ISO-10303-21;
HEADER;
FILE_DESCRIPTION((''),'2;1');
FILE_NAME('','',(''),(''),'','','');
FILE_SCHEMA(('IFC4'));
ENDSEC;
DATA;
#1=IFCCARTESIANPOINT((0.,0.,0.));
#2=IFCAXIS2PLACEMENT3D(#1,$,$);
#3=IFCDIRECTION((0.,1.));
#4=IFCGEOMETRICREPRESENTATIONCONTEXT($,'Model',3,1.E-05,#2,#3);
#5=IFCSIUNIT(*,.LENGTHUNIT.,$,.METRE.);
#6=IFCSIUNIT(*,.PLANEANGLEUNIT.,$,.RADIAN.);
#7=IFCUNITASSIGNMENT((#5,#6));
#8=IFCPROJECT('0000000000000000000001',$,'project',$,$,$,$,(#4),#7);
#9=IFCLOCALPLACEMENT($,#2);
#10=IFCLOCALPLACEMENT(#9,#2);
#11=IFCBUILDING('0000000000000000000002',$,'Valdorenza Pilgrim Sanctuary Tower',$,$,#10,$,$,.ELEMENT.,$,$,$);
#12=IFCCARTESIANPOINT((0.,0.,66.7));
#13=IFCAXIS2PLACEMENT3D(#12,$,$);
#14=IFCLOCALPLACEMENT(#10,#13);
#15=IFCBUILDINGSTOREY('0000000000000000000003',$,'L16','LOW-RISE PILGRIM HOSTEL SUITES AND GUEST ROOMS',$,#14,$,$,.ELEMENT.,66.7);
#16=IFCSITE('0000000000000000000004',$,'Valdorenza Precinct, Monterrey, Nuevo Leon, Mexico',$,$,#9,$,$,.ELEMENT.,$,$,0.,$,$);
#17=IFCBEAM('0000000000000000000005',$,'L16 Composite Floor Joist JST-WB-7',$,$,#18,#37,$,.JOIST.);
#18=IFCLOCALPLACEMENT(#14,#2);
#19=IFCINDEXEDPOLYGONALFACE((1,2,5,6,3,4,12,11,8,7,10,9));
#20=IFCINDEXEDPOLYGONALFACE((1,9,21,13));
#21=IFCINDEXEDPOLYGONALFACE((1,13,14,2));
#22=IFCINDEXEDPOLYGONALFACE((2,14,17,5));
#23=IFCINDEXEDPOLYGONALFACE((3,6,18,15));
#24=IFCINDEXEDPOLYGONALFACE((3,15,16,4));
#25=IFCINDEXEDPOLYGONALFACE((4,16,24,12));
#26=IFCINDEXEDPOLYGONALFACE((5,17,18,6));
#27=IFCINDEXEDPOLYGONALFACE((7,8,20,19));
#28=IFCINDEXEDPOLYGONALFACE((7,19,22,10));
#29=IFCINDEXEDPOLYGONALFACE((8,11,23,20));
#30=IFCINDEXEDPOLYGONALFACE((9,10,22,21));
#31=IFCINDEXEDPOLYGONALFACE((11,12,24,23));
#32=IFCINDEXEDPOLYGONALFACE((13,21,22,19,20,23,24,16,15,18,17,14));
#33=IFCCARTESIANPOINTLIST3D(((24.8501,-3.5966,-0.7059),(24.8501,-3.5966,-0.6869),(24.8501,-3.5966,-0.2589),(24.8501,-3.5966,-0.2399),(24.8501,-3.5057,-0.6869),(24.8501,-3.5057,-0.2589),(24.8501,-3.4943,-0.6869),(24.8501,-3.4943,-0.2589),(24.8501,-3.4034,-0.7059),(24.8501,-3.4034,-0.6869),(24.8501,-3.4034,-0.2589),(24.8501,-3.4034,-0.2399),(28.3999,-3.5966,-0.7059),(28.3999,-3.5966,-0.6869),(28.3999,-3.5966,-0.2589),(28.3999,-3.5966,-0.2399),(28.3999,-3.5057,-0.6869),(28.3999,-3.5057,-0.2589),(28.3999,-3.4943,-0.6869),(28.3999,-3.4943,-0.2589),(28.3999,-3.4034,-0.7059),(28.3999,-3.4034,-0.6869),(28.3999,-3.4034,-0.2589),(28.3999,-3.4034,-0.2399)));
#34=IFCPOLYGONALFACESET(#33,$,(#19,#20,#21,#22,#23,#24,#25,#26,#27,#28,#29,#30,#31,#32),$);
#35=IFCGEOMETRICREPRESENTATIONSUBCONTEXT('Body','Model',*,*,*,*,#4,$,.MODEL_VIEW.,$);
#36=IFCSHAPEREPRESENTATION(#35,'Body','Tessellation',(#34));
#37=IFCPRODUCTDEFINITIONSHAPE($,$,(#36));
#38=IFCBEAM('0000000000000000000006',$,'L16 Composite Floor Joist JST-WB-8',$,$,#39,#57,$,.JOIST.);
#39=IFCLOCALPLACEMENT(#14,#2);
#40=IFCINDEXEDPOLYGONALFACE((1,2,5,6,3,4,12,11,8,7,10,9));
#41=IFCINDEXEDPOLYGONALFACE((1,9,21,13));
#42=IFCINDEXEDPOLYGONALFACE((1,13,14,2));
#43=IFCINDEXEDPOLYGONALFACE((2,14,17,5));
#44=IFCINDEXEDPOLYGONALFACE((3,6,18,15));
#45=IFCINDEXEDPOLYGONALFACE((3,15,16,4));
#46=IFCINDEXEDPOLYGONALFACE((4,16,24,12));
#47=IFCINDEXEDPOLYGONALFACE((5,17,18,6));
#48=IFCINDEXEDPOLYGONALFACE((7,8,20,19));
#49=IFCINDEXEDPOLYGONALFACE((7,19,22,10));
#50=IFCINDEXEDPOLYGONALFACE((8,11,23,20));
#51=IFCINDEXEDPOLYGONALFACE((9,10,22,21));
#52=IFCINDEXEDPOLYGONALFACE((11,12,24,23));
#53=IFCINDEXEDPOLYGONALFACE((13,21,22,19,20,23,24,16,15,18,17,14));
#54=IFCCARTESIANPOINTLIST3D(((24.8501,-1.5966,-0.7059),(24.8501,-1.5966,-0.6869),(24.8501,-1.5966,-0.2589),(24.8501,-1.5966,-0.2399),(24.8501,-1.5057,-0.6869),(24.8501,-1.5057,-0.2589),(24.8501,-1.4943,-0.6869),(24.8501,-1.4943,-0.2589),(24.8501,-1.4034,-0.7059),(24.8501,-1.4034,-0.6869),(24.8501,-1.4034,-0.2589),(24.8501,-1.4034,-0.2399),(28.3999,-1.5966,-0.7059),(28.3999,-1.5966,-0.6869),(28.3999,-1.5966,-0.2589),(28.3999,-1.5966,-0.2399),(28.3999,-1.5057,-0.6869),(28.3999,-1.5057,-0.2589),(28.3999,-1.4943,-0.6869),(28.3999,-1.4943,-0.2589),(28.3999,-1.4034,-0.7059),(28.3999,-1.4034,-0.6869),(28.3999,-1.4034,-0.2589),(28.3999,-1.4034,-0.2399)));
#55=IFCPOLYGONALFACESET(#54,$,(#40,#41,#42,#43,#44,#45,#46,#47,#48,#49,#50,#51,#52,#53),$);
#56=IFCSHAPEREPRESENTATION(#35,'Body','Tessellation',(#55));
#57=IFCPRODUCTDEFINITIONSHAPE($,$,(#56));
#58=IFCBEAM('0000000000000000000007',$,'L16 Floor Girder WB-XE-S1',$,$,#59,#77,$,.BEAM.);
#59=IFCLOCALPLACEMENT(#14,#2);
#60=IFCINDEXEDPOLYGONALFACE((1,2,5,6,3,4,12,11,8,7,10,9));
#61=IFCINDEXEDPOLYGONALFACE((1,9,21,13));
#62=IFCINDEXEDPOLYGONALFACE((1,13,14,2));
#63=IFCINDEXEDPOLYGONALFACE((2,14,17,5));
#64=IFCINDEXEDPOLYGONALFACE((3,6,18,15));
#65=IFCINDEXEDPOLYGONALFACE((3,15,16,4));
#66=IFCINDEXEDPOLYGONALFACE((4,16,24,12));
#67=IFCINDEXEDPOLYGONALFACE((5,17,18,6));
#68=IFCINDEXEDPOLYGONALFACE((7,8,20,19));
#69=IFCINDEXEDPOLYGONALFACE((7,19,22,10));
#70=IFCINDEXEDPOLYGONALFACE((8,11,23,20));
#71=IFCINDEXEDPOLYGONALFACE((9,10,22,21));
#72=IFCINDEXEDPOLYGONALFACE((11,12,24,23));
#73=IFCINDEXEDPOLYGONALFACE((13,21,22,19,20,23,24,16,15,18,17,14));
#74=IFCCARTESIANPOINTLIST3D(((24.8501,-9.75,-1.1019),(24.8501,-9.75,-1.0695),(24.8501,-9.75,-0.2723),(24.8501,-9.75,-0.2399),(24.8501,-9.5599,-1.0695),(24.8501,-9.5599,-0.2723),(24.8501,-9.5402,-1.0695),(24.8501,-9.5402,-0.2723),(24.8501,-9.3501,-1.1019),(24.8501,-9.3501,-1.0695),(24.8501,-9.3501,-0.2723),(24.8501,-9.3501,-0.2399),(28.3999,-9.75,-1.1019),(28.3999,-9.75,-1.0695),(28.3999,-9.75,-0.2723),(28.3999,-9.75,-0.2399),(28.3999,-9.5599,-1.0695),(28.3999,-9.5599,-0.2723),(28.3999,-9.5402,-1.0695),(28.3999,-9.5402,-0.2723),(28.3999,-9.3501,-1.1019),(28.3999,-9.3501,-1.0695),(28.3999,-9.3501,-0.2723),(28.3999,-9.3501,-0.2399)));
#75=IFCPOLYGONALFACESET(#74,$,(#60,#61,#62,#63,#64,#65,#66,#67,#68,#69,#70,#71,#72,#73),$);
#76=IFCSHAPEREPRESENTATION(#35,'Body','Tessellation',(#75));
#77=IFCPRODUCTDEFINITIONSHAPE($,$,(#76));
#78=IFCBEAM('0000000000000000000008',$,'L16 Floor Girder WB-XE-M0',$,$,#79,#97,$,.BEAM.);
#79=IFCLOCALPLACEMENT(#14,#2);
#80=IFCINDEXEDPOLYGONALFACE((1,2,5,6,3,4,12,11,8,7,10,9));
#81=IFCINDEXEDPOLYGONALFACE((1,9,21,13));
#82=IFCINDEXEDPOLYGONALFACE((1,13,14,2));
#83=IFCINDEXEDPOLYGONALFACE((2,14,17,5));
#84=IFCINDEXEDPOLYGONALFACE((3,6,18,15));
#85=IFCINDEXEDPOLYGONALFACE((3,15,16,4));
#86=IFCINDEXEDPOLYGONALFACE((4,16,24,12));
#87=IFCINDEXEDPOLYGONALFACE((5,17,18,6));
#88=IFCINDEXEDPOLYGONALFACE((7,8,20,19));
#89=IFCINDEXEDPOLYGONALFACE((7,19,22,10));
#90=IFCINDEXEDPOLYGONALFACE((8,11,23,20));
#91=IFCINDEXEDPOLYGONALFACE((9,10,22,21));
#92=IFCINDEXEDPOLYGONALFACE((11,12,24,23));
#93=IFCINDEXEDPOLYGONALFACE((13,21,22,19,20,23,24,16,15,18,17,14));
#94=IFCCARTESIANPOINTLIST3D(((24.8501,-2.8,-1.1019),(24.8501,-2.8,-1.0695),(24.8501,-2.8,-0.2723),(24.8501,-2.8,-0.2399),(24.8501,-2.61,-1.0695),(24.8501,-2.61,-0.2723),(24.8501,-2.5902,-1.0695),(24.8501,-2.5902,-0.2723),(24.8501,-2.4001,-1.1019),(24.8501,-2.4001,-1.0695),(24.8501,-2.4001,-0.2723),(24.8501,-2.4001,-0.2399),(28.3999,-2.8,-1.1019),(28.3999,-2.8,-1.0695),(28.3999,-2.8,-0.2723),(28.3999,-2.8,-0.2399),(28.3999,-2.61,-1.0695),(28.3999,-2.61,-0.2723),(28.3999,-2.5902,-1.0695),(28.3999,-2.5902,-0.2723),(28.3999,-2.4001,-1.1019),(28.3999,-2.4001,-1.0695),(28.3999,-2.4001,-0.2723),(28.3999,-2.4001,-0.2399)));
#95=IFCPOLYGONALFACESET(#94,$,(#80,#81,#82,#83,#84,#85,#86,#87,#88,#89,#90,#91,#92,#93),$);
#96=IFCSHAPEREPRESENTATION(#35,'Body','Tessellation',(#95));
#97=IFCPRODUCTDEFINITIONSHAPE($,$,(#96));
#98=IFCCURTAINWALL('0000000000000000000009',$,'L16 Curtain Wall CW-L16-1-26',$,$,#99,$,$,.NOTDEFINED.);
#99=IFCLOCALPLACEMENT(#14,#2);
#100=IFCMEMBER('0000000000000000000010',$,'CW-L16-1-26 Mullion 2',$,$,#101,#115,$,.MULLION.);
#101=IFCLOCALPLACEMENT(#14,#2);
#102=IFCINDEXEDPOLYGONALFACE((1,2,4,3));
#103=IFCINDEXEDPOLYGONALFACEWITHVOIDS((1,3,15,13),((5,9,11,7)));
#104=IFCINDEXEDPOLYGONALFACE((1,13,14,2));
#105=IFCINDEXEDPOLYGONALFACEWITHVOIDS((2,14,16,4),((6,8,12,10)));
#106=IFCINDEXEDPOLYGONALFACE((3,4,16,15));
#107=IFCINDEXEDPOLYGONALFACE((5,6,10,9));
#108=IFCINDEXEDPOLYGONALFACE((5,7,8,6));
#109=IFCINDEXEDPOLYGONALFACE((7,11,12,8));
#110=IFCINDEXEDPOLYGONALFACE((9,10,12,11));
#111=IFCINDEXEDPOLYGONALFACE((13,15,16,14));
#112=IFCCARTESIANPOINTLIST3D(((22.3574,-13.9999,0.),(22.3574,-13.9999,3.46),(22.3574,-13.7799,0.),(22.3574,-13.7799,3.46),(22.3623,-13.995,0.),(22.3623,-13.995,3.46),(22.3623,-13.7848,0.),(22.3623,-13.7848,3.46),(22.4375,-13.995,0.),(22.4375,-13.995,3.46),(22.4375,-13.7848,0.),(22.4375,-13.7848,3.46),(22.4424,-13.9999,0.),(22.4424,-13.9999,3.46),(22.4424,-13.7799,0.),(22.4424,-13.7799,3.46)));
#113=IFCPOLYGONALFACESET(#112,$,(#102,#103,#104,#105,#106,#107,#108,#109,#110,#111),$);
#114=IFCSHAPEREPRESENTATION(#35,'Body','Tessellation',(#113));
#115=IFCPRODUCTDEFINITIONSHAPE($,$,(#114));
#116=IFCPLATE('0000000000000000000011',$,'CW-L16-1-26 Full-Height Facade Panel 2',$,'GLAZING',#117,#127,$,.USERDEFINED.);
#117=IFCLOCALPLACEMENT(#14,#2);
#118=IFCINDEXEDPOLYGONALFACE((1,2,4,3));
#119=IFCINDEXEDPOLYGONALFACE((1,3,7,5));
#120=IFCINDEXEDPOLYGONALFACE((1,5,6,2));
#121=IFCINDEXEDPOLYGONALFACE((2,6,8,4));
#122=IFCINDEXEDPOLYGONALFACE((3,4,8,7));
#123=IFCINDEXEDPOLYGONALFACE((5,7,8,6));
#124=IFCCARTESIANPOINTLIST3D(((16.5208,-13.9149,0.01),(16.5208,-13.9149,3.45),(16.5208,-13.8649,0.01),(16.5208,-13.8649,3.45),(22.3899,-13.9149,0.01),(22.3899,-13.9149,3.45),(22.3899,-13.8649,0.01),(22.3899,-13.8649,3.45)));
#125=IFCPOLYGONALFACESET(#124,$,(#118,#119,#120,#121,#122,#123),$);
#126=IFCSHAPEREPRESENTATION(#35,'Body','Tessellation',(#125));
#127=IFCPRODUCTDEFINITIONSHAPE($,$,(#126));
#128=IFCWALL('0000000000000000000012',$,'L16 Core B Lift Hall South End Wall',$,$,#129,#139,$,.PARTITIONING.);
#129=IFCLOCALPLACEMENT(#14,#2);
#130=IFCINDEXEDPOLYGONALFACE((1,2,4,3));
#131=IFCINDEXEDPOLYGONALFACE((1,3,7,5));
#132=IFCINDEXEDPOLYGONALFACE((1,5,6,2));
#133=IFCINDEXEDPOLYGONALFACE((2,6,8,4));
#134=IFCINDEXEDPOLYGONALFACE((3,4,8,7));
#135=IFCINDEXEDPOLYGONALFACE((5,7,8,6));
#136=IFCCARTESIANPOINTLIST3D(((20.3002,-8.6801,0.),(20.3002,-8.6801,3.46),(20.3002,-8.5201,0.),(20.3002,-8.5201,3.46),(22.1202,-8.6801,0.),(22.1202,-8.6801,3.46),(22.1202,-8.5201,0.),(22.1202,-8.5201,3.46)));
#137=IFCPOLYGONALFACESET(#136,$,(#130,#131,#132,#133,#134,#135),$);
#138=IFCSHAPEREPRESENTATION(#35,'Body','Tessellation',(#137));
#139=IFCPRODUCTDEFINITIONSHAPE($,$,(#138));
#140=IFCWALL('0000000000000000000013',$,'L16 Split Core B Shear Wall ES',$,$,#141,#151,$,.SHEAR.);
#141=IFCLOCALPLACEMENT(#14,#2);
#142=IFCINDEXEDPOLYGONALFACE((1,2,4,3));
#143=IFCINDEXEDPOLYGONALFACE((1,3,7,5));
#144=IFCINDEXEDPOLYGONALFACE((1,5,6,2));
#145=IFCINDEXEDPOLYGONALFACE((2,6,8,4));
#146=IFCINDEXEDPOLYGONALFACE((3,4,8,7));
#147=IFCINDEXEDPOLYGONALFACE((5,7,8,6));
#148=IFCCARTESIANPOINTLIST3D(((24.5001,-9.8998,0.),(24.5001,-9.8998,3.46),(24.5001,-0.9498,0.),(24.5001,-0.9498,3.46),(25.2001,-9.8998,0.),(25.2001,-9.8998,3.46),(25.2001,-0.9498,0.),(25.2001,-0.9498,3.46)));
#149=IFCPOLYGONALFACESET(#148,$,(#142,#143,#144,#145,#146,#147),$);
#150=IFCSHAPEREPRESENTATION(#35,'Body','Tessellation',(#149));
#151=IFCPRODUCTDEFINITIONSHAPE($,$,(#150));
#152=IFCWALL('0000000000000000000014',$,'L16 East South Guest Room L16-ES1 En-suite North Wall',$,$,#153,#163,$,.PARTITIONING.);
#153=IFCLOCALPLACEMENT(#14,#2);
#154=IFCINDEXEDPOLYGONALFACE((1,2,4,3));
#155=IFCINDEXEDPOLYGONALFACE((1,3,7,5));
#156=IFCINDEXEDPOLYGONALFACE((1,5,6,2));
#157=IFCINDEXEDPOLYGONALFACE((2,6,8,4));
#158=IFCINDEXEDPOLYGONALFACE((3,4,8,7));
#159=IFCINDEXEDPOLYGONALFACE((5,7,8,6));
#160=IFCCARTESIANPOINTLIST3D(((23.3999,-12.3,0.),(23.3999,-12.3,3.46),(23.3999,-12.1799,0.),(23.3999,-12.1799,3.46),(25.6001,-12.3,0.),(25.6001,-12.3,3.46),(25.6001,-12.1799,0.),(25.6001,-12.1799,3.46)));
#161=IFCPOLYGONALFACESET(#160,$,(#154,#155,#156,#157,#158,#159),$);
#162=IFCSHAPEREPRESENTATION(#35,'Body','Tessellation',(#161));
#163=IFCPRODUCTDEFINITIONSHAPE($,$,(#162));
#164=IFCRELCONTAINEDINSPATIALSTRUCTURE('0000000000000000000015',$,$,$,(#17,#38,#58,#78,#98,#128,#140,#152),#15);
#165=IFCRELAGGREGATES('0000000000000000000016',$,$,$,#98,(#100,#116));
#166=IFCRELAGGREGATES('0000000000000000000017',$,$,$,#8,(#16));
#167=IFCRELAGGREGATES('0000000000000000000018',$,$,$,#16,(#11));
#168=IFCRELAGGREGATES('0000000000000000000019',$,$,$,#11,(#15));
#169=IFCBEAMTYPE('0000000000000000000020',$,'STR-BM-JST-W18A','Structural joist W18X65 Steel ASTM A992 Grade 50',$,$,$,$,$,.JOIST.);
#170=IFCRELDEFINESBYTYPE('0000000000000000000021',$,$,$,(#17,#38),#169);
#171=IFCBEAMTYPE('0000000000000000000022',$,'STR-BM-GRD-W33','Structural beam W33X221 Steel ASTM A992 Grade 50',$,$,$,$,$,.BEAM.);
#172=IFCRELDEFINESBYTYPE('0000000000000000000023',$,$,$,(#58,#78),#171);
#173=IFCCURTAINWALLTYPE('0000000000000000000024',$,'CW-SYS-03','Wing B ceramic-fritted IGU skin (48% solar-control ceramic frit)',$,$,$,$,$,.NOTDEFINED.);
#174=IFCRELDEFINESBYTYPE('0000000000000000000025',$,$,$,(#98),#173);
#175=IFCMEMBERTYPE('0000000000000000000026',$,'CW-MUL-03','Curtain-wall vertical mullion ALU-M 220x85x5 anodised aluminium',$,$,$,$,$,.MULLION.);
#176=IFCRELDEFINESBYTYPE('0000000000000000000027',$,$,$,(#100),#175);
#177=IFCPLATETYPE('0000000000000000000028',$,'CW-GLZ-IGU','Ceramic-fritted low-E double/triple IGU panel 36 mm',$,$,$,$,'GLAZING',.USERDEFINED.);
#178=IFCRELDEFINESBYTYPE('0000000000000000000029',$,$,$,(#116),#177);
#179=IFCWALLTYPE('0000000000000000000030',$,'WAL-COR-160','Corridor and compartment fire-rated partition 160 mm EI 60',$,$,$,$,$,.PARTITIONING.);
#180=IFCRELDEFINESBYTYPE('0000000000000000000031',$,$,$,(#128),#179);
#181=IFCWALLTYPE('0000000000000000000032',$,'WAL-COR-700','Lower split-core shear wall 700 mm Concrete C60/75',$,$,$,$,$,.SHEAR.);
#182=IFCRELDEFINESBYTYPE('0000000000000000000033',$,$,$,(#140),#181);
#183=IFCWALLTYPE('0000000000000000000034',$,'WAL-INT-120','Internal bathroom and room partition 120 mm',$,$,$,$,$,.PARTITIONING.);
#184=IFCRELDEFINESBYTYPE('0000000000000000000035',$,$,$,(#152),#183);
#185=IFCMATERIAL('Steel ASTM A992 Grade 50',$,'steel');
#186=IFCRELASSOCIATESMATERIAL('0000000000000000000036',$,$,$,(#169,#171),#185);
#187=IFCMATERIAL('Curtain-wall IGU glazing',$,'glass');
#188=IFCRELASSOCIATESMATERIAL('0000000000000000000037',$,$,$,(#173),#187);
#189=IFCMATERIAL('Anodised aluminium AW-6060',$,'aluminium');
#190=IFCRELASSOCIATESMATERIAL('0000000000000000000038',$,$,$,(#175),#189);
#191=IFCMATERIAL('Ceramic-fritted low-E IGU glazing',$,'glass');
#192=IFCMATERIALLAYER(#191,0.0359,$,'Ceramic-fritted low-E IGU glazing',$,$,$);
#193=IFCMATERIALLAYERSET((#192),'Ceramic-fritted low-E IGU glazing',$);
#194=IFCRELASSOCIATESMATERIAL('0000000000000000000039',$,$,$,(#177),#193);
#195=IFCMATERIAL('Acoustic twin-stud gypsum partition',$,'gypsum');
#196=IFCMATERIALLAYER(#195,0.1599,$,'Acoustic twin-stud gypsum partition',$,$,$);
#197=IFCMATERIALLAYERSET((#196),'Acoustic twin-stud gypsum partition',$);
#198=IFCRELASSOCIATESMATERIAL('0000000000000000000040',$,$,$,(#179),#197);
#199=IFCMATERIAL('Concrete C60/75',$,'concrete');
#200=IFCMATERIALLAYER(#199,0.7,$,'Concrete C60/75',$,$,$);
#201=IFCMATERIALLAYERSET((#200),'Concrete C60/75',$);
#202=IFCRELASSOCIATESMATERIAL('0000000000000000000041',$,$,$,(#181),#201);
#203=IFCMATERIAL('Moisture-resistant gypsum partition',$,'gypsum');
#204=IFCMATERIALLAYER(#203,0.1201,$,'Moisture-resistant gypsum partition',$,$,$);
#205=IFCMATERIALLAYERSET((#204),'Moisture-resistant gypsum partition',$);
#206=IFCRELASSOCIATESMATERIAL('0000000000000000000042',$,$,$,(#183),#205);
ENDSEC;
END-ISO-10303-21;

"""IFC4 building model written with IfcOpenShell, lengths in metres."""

from ifc_helpers import new_model, si_unit, direction, frame, frame_2d, origin, origin_2d, place, context, subcontext, project, spatial, rectangle, hollow_rectangle, i_section, extrude, source, transform, mapped, material, layer, layer_set, material_profile, profile_set, type_object, element, aggregate, save


model = new_model("IFC4")

# Units and contexts
model_context = context("Model", 3, precision=1e-05, world=origin(), true_north=direction((0.0, 1.0)))
body_context = subcontext(model_context, "Body", "Model", "MODEL_VIEW")
ifc_project = project(units=[si_unit("LENGTHUNIT", "METRE"), si_unit("PLANEANGLEUNIT", "RADIAN")], contexts=[model_context])

# Site, building, storey
site_placement = place(None, origin())
site = spatial("IfcSite", under=ifc_project, at=site_placement, Name="Valdorenza Precinct, Monterrey, Nuevo Leon, Mexico", CompositionType="ELEMENT", RefElevation=0.0)
building_placement = place(site_placement, origin())
building = spatial("IfcBuilding", under=site, at=building_placement, Name="Valdorenza Pilgrim Sanctuary Tower", CompositionType="ELEMENT")
storey_placement = place(building_placement, frame((0.0, 0.0, 66.7)))
storey = spatial("IfcBuildingStorey", under=building, at=storey_placement, Name="L16", Description="LOW-RISE PILGRIM HOSTEL SUITES AND GUEST ROOMS", CompositionType="ELEMENT", Elevation=66.7)

# Shared definitions
ifc_material_1 = material(Name="Concrete C60/75", Category="concrete")

# Beams
ifc_material_2 = material(Name="Steel ASTM A992 Grade 50", Category="steel")
ifc_material_profile_1 = material_profile(ifc_material_2, i_section(OverallWidth=0.1931, OverallDepth=0.4661, WebThickness=0.0115, FlangeThickness=0.019, at=origin_2d()), Name="W18X65")
ifc_profile_set_1 = profile_set([ifc_material_profile_1], Name="Steel ASTM A992 Grade 50")
beam_type_1 = type_object("IfcBeamType", Name="STR-BM-JST-W18A", Description="Structural joist W18X65 Steel ASTM A992 Grade 50", PredefinedType="JOIST", material=ifc_profile_set_1)
shared_shape_1 = source(origin(), body_context, "Body", "SweptSolid", [
    extrude(i_section(OverallWidth=0.1931, OverallDepth=0.4661, WebThickness=0.0115, FlangeThickness=0.019, at=origin_2d()), origin(), (0.0, 0.0, 1.0), 3.5498),
])
for number, where, z_axis, x_axis, name in (
    (1, (24.8501, -3.5, -0.4729), (1.0, 0.0, 0.0), (0.0, 1.0, 0.0), "L16 Composite Floor Joist JST-WB-7"),
    (2, (24.8501, -1.5, -0.4729), (1.0, 0.0, 0.0), (0.0, 1.0, 0.0), "L16 Composite Floor Joist JST-WB-8"),
):
    element("IfcBeam", number, at=place(storey_placement, frame(where, z_axis=z_axis, x_axis=x_axis)), inside=storey, type_object=beam_type_1, Name=name, PredefinedType="JOIST", context=body_context, shape_type="MappedRepresentation", body=[
        mapped(shared_shape_1, transform((0.0, 0.0, 0.0), x_axis=(1.0, 0.0, 0.0), y_axis=(0.0, 1.0, 0.0), z_axis=(0.0, 0.0, 1.0), scale=1.0)),
    ])
ifc_material_profile_2 = material_profile(ifc_material_2, i_section(OverallWidth=0.3999, OverallDepth=0.8621, WebThickness=0.0198, FlangeThickness=0.0325, at=origin_2d()), Name="W33X221")
ifc_profile_set_2 = profile_set([ifc_material_profile_2], Name="Steel ASTM A992 Grade 50")
beam_type_2 = type_object("IfcBeamType", Name="STR-BM-GRD-W33", Description="Structural beam W33X221 Steel ASTM A992 Grade 50", PredefinedType="BEAM", material=ifc_profile_set_2)
shared_shape_2 = source(origin(), body_context, "Body", "SweptSolid", [
    extrude(i_section(OverallWidth=0.3999, OverallDepth=0.8621, WebThickness=0.0198, FlangeThickness=0.0325, at=origin_2d()), origin(), (0.0, 0.0, 1.0), 3.5498),
])
for number, where, z_axis, x_axis, name in (
    (3, (24.8501, -9.55, -0.6709), (1.0, 0.0, 0.0), (0.0, 1.0, 0.0), "L16 Floor Girder WB-XE-S1"),
    (4, (24.8501, -2.6001, -0.6709), (1.0, 0.0, 0.0), (0.0, 1.0, 0.0), "L16 Floor Girder WB-XE-M0"),
):
    element("IfcBeam", number, at=place(storey_placement, frame(where, z_axis=z_axis, x_axis=x_axis)), inside=storey, type_object=beam_type_2, Name=name, PredefinedType="BEAM", context=body_context, shape_type="MappedRepresentation", body=[
        mapped(shared_shape_2, transform((0.0, 0.0, 0.0), x_axis=(1.0, 0.0, 0.0), y_axis=(0.0, 1.0, 0.0), z_axis=(0.0, 0.0, 1.0), scale=1.0)),
    ])

# Curtain wall, member, plate
ifc_material_3 = material(Name="Curtain-wall IGU glazing", Category="glass")
curtain_wall_type = type_object("IfcCurtainWallType", Name="CW-SYS-03", Description="Wing B ceramic-fritted IGU skin (48% solar-control ceramic frit)", PredefinedType="NOTDEFINED", material=ifc_material_3)
curtain_wall_placement = place(storey_placement, origin())
curtain_wall = element("IfcCurtainWall", 5, at=curtain_wall_placement, inside=storey, type_object=curtain_wall_type, Name="L16 Curtain Wall CW-L16-1-26", PredefinedType="NOTDEFINED")
ifc_material_4 = material(Name="Anodised aluminium AW-6060", Category="aluminium")
ifc_material_profile_3 = material_profile(ifc_material_4, hollow_rectangle(XDim=0.085, YDim=0.22, WallThickness=0.0049, at=origin_2d()), Name="ALU-M 220x85x5")
ifc_profile_set_3 = profile_set([ifc_material_profile_3], Name="Anodised aluminium AW-6060")
member_type = type_object("IfcMemberType", Name="CW-MUL-03", Description="Curtain-wall vertical mullion ALU-M 220x85x5 anodised aluminium", PredefinedType="MULLION", material=ifc_profile_set_3)
shared_shape_3 = source(origin(), body_context, "Body", "SweptSolid", [
    extrude(hollow_rectangle(XDim=0.085, YDim=0.22, WallThickness=0.0049, at=origin_2d()), origin(), (0.0, 0.0, 1.0), 3.46),
])
member_placement = place(storey_placement, frame((22.3999, -13.8899, 0.0), z_axis=(0.0, 0.0, 1.0), x_axis=(-1.0, 0.0, 0.0)))
member = element("IfcMember", 6, at=member_placement, type_object=member_type, Name="CW-L16-1-26 Mullion 2", PredefinedType="MULLION", context=body_context, shape_type="MappedRepresentation", body=[
    mapped(shared_shape_3, transform((0.0, 0.0, 0.0), x_axis=(1.0, 0.0, 0.0), y_axis=(0.0, 1.0, 0.0), z_axis=(0.0, 0.0, 1.0), scale=1.0)),
])
ifc_material_5 = material(Name="Ceramic-fritted low-E IGU glazing", Category="glass")
ifc_layer_1 = layer(ifc_material_5, 0.0359, Name="Ceramic-fritted low-E IGU glazing")
ifc_layer_set_1 = layer_set([ifc_layer_1], Name="Ceramic-fritted low-E IGU glazing")
plate_type = type_object("IfcPlateType", Name="CW-GLZ-IGU", Description="Ceramic-fritted low-E double/triple IGU panel 36 mm", ElementType="GLAZING", PredefinedType="USERDEFINED", material=ifc_layer_set_1)
shared_shape_4 = source(origin(), body_context, "Body", "SweptSolid", [
    extrude(rectangle(XDim=5.8691, YDim=0.05, at=origin_2d()), origin(), (0.0, 0.0, 1.0), 3.4399),
])
plate_placement = place(storey_placement, frame((19.4553, -13.8899, 0.01), z_axis=(0.0, 0.0, 1.0), x_axis=(-1.0, 0.0, 0.0)))
plate = element("IfcPlate", 7, at=plate_placement, type_object=plate_type, Name="CW-L16-1-26 Full-Height Facade Panel 2", ObjectType="GLAZING", PredefinedType="USERDEFINED", context=body_context, shape_type="MappedRepresentation", body=[
    mapped(shared_shape_4, transform((0.0, 0.0, 0.0), x_axis=(1.0, 0.0, 0.0), y_axis=(0.0, 1.0, 0.0), z_axis=(0.0, 0.0, 1.0), scale=1.0)),
])
aggregate(curtain_wall, [member, plate])

# Walls
ifc_material_6 = material(Name="Acoustic twin-stud gypsum partition", Category="gypsum")
ifc_layer_2 = layer(ifc_material_6, 0.1599, Name="Acoustic twin-stud gypsum partition")
ifc_layer_set_2 = layer_set([ifc_layer_2], Name="Acoustic twin-stud gypsum partition")
wall_type_1 = type_object("IfcWallType", Name="WAL-COR-160", Description="Corridor and compartment fire-rated partition 160 mm EI 60", PredefinedType="PARTITIONING", material=ifc_layer_set_2)
wall_1_placement = place(storey_placement, frame((20.3, -8.6001, 0.0), z_axis=(0.0, 0.0, 1.0), x_axis=(1.0, 0.0, 0.0)))
element("IfcWall", 8, at=wall_1_placement, inside=storey, type_object=wall_type_1, Name="L16 Core B Lift Hall South End Wall", PredefinedType="PARTITIONING", context=body_context, shape_type="SweptSolid", body=[
    extrude(rectangle(XDim=1.8201, YDim=0.1599, at=frame_2d((0.9102, 0.0))), origin(), (0.0, 0.0, 1.0), 3.46),
])
ifc_layer_3 = layer(ifc_material_1, 0.7, Name="Concrete C60/75")
ifc_layer_set_3 = layer_set([ifc_layer_3], Name="Concrete C60/75")
wall_type_2 = type_object("IfcWallType", Name="WAL-COR-700", Description="Lower split-core shear wall 700 mm Concrete C60/75", PredefinedType="SHEAR", material=ifc_layer_set_3)
wall_2_placement = place(storey_placement, frame((24.8501, -9.8999, 0.0), z_axis=(0.0, 0.0, 1.0), x_axis=(0.0, 1.0, 0.0)))
element("IfcWall", 9, at=wall_2_placement, inside=storey, type_object=wall_type_2, Name="L16 Split Core B Shear Wall ES", PredefinedType="SHEAR", context=body_context, shape_type="SweptSolid", body=[
    extrude(rectangle(XDim=8.95, YDim=0.7, at=frame_2d((4.4751, 0.0))), origin(), (0.0, 0.0, 1.0), 3.46),
])
ifc_material_7 = material(Name="Moisture-resistant gypsum partition", Category="gypsum")
ifc_layer_4 = layer(ifc_material_7, 0.1201, Name="Moisture-resistant gypsum partition")
ifc_layer_set_4 = layer_set([ifc_layer_4], Name="Moisture-resistant gypsum partition")
wall_type_3 = type_object("IfcWallType", Name="WAL-INT-120", Description="Internal bathroom and room partition 120 mm", PredefinedType="PARTITIONING", material=ifc_layer_set_4)
wall_3_placement = place(storey_placement, frame((23.3999, -12.24, 0.0), z_axis=(0.0, 0.0, 1.0), x_axis=(1.0, 0.0, 0.0)))
element("IfcWall", 10, at=wall_3_placement, inside=storey, type_object=wall_type_3, Name="L16 East South Guest Room L16-ES1 En-suite North Wall", PredefinedType="PARTITIONING", context=body_context, shape_type="SweptSolid", body=[
    extrude(rectangle(XDim=2.2002, YDim=0.1201, at=frame_2d((1.1001, 0.0))), origin(), (0.0, 0.0, 1.0), 3.46),
])

save(model, "model.ifc")
